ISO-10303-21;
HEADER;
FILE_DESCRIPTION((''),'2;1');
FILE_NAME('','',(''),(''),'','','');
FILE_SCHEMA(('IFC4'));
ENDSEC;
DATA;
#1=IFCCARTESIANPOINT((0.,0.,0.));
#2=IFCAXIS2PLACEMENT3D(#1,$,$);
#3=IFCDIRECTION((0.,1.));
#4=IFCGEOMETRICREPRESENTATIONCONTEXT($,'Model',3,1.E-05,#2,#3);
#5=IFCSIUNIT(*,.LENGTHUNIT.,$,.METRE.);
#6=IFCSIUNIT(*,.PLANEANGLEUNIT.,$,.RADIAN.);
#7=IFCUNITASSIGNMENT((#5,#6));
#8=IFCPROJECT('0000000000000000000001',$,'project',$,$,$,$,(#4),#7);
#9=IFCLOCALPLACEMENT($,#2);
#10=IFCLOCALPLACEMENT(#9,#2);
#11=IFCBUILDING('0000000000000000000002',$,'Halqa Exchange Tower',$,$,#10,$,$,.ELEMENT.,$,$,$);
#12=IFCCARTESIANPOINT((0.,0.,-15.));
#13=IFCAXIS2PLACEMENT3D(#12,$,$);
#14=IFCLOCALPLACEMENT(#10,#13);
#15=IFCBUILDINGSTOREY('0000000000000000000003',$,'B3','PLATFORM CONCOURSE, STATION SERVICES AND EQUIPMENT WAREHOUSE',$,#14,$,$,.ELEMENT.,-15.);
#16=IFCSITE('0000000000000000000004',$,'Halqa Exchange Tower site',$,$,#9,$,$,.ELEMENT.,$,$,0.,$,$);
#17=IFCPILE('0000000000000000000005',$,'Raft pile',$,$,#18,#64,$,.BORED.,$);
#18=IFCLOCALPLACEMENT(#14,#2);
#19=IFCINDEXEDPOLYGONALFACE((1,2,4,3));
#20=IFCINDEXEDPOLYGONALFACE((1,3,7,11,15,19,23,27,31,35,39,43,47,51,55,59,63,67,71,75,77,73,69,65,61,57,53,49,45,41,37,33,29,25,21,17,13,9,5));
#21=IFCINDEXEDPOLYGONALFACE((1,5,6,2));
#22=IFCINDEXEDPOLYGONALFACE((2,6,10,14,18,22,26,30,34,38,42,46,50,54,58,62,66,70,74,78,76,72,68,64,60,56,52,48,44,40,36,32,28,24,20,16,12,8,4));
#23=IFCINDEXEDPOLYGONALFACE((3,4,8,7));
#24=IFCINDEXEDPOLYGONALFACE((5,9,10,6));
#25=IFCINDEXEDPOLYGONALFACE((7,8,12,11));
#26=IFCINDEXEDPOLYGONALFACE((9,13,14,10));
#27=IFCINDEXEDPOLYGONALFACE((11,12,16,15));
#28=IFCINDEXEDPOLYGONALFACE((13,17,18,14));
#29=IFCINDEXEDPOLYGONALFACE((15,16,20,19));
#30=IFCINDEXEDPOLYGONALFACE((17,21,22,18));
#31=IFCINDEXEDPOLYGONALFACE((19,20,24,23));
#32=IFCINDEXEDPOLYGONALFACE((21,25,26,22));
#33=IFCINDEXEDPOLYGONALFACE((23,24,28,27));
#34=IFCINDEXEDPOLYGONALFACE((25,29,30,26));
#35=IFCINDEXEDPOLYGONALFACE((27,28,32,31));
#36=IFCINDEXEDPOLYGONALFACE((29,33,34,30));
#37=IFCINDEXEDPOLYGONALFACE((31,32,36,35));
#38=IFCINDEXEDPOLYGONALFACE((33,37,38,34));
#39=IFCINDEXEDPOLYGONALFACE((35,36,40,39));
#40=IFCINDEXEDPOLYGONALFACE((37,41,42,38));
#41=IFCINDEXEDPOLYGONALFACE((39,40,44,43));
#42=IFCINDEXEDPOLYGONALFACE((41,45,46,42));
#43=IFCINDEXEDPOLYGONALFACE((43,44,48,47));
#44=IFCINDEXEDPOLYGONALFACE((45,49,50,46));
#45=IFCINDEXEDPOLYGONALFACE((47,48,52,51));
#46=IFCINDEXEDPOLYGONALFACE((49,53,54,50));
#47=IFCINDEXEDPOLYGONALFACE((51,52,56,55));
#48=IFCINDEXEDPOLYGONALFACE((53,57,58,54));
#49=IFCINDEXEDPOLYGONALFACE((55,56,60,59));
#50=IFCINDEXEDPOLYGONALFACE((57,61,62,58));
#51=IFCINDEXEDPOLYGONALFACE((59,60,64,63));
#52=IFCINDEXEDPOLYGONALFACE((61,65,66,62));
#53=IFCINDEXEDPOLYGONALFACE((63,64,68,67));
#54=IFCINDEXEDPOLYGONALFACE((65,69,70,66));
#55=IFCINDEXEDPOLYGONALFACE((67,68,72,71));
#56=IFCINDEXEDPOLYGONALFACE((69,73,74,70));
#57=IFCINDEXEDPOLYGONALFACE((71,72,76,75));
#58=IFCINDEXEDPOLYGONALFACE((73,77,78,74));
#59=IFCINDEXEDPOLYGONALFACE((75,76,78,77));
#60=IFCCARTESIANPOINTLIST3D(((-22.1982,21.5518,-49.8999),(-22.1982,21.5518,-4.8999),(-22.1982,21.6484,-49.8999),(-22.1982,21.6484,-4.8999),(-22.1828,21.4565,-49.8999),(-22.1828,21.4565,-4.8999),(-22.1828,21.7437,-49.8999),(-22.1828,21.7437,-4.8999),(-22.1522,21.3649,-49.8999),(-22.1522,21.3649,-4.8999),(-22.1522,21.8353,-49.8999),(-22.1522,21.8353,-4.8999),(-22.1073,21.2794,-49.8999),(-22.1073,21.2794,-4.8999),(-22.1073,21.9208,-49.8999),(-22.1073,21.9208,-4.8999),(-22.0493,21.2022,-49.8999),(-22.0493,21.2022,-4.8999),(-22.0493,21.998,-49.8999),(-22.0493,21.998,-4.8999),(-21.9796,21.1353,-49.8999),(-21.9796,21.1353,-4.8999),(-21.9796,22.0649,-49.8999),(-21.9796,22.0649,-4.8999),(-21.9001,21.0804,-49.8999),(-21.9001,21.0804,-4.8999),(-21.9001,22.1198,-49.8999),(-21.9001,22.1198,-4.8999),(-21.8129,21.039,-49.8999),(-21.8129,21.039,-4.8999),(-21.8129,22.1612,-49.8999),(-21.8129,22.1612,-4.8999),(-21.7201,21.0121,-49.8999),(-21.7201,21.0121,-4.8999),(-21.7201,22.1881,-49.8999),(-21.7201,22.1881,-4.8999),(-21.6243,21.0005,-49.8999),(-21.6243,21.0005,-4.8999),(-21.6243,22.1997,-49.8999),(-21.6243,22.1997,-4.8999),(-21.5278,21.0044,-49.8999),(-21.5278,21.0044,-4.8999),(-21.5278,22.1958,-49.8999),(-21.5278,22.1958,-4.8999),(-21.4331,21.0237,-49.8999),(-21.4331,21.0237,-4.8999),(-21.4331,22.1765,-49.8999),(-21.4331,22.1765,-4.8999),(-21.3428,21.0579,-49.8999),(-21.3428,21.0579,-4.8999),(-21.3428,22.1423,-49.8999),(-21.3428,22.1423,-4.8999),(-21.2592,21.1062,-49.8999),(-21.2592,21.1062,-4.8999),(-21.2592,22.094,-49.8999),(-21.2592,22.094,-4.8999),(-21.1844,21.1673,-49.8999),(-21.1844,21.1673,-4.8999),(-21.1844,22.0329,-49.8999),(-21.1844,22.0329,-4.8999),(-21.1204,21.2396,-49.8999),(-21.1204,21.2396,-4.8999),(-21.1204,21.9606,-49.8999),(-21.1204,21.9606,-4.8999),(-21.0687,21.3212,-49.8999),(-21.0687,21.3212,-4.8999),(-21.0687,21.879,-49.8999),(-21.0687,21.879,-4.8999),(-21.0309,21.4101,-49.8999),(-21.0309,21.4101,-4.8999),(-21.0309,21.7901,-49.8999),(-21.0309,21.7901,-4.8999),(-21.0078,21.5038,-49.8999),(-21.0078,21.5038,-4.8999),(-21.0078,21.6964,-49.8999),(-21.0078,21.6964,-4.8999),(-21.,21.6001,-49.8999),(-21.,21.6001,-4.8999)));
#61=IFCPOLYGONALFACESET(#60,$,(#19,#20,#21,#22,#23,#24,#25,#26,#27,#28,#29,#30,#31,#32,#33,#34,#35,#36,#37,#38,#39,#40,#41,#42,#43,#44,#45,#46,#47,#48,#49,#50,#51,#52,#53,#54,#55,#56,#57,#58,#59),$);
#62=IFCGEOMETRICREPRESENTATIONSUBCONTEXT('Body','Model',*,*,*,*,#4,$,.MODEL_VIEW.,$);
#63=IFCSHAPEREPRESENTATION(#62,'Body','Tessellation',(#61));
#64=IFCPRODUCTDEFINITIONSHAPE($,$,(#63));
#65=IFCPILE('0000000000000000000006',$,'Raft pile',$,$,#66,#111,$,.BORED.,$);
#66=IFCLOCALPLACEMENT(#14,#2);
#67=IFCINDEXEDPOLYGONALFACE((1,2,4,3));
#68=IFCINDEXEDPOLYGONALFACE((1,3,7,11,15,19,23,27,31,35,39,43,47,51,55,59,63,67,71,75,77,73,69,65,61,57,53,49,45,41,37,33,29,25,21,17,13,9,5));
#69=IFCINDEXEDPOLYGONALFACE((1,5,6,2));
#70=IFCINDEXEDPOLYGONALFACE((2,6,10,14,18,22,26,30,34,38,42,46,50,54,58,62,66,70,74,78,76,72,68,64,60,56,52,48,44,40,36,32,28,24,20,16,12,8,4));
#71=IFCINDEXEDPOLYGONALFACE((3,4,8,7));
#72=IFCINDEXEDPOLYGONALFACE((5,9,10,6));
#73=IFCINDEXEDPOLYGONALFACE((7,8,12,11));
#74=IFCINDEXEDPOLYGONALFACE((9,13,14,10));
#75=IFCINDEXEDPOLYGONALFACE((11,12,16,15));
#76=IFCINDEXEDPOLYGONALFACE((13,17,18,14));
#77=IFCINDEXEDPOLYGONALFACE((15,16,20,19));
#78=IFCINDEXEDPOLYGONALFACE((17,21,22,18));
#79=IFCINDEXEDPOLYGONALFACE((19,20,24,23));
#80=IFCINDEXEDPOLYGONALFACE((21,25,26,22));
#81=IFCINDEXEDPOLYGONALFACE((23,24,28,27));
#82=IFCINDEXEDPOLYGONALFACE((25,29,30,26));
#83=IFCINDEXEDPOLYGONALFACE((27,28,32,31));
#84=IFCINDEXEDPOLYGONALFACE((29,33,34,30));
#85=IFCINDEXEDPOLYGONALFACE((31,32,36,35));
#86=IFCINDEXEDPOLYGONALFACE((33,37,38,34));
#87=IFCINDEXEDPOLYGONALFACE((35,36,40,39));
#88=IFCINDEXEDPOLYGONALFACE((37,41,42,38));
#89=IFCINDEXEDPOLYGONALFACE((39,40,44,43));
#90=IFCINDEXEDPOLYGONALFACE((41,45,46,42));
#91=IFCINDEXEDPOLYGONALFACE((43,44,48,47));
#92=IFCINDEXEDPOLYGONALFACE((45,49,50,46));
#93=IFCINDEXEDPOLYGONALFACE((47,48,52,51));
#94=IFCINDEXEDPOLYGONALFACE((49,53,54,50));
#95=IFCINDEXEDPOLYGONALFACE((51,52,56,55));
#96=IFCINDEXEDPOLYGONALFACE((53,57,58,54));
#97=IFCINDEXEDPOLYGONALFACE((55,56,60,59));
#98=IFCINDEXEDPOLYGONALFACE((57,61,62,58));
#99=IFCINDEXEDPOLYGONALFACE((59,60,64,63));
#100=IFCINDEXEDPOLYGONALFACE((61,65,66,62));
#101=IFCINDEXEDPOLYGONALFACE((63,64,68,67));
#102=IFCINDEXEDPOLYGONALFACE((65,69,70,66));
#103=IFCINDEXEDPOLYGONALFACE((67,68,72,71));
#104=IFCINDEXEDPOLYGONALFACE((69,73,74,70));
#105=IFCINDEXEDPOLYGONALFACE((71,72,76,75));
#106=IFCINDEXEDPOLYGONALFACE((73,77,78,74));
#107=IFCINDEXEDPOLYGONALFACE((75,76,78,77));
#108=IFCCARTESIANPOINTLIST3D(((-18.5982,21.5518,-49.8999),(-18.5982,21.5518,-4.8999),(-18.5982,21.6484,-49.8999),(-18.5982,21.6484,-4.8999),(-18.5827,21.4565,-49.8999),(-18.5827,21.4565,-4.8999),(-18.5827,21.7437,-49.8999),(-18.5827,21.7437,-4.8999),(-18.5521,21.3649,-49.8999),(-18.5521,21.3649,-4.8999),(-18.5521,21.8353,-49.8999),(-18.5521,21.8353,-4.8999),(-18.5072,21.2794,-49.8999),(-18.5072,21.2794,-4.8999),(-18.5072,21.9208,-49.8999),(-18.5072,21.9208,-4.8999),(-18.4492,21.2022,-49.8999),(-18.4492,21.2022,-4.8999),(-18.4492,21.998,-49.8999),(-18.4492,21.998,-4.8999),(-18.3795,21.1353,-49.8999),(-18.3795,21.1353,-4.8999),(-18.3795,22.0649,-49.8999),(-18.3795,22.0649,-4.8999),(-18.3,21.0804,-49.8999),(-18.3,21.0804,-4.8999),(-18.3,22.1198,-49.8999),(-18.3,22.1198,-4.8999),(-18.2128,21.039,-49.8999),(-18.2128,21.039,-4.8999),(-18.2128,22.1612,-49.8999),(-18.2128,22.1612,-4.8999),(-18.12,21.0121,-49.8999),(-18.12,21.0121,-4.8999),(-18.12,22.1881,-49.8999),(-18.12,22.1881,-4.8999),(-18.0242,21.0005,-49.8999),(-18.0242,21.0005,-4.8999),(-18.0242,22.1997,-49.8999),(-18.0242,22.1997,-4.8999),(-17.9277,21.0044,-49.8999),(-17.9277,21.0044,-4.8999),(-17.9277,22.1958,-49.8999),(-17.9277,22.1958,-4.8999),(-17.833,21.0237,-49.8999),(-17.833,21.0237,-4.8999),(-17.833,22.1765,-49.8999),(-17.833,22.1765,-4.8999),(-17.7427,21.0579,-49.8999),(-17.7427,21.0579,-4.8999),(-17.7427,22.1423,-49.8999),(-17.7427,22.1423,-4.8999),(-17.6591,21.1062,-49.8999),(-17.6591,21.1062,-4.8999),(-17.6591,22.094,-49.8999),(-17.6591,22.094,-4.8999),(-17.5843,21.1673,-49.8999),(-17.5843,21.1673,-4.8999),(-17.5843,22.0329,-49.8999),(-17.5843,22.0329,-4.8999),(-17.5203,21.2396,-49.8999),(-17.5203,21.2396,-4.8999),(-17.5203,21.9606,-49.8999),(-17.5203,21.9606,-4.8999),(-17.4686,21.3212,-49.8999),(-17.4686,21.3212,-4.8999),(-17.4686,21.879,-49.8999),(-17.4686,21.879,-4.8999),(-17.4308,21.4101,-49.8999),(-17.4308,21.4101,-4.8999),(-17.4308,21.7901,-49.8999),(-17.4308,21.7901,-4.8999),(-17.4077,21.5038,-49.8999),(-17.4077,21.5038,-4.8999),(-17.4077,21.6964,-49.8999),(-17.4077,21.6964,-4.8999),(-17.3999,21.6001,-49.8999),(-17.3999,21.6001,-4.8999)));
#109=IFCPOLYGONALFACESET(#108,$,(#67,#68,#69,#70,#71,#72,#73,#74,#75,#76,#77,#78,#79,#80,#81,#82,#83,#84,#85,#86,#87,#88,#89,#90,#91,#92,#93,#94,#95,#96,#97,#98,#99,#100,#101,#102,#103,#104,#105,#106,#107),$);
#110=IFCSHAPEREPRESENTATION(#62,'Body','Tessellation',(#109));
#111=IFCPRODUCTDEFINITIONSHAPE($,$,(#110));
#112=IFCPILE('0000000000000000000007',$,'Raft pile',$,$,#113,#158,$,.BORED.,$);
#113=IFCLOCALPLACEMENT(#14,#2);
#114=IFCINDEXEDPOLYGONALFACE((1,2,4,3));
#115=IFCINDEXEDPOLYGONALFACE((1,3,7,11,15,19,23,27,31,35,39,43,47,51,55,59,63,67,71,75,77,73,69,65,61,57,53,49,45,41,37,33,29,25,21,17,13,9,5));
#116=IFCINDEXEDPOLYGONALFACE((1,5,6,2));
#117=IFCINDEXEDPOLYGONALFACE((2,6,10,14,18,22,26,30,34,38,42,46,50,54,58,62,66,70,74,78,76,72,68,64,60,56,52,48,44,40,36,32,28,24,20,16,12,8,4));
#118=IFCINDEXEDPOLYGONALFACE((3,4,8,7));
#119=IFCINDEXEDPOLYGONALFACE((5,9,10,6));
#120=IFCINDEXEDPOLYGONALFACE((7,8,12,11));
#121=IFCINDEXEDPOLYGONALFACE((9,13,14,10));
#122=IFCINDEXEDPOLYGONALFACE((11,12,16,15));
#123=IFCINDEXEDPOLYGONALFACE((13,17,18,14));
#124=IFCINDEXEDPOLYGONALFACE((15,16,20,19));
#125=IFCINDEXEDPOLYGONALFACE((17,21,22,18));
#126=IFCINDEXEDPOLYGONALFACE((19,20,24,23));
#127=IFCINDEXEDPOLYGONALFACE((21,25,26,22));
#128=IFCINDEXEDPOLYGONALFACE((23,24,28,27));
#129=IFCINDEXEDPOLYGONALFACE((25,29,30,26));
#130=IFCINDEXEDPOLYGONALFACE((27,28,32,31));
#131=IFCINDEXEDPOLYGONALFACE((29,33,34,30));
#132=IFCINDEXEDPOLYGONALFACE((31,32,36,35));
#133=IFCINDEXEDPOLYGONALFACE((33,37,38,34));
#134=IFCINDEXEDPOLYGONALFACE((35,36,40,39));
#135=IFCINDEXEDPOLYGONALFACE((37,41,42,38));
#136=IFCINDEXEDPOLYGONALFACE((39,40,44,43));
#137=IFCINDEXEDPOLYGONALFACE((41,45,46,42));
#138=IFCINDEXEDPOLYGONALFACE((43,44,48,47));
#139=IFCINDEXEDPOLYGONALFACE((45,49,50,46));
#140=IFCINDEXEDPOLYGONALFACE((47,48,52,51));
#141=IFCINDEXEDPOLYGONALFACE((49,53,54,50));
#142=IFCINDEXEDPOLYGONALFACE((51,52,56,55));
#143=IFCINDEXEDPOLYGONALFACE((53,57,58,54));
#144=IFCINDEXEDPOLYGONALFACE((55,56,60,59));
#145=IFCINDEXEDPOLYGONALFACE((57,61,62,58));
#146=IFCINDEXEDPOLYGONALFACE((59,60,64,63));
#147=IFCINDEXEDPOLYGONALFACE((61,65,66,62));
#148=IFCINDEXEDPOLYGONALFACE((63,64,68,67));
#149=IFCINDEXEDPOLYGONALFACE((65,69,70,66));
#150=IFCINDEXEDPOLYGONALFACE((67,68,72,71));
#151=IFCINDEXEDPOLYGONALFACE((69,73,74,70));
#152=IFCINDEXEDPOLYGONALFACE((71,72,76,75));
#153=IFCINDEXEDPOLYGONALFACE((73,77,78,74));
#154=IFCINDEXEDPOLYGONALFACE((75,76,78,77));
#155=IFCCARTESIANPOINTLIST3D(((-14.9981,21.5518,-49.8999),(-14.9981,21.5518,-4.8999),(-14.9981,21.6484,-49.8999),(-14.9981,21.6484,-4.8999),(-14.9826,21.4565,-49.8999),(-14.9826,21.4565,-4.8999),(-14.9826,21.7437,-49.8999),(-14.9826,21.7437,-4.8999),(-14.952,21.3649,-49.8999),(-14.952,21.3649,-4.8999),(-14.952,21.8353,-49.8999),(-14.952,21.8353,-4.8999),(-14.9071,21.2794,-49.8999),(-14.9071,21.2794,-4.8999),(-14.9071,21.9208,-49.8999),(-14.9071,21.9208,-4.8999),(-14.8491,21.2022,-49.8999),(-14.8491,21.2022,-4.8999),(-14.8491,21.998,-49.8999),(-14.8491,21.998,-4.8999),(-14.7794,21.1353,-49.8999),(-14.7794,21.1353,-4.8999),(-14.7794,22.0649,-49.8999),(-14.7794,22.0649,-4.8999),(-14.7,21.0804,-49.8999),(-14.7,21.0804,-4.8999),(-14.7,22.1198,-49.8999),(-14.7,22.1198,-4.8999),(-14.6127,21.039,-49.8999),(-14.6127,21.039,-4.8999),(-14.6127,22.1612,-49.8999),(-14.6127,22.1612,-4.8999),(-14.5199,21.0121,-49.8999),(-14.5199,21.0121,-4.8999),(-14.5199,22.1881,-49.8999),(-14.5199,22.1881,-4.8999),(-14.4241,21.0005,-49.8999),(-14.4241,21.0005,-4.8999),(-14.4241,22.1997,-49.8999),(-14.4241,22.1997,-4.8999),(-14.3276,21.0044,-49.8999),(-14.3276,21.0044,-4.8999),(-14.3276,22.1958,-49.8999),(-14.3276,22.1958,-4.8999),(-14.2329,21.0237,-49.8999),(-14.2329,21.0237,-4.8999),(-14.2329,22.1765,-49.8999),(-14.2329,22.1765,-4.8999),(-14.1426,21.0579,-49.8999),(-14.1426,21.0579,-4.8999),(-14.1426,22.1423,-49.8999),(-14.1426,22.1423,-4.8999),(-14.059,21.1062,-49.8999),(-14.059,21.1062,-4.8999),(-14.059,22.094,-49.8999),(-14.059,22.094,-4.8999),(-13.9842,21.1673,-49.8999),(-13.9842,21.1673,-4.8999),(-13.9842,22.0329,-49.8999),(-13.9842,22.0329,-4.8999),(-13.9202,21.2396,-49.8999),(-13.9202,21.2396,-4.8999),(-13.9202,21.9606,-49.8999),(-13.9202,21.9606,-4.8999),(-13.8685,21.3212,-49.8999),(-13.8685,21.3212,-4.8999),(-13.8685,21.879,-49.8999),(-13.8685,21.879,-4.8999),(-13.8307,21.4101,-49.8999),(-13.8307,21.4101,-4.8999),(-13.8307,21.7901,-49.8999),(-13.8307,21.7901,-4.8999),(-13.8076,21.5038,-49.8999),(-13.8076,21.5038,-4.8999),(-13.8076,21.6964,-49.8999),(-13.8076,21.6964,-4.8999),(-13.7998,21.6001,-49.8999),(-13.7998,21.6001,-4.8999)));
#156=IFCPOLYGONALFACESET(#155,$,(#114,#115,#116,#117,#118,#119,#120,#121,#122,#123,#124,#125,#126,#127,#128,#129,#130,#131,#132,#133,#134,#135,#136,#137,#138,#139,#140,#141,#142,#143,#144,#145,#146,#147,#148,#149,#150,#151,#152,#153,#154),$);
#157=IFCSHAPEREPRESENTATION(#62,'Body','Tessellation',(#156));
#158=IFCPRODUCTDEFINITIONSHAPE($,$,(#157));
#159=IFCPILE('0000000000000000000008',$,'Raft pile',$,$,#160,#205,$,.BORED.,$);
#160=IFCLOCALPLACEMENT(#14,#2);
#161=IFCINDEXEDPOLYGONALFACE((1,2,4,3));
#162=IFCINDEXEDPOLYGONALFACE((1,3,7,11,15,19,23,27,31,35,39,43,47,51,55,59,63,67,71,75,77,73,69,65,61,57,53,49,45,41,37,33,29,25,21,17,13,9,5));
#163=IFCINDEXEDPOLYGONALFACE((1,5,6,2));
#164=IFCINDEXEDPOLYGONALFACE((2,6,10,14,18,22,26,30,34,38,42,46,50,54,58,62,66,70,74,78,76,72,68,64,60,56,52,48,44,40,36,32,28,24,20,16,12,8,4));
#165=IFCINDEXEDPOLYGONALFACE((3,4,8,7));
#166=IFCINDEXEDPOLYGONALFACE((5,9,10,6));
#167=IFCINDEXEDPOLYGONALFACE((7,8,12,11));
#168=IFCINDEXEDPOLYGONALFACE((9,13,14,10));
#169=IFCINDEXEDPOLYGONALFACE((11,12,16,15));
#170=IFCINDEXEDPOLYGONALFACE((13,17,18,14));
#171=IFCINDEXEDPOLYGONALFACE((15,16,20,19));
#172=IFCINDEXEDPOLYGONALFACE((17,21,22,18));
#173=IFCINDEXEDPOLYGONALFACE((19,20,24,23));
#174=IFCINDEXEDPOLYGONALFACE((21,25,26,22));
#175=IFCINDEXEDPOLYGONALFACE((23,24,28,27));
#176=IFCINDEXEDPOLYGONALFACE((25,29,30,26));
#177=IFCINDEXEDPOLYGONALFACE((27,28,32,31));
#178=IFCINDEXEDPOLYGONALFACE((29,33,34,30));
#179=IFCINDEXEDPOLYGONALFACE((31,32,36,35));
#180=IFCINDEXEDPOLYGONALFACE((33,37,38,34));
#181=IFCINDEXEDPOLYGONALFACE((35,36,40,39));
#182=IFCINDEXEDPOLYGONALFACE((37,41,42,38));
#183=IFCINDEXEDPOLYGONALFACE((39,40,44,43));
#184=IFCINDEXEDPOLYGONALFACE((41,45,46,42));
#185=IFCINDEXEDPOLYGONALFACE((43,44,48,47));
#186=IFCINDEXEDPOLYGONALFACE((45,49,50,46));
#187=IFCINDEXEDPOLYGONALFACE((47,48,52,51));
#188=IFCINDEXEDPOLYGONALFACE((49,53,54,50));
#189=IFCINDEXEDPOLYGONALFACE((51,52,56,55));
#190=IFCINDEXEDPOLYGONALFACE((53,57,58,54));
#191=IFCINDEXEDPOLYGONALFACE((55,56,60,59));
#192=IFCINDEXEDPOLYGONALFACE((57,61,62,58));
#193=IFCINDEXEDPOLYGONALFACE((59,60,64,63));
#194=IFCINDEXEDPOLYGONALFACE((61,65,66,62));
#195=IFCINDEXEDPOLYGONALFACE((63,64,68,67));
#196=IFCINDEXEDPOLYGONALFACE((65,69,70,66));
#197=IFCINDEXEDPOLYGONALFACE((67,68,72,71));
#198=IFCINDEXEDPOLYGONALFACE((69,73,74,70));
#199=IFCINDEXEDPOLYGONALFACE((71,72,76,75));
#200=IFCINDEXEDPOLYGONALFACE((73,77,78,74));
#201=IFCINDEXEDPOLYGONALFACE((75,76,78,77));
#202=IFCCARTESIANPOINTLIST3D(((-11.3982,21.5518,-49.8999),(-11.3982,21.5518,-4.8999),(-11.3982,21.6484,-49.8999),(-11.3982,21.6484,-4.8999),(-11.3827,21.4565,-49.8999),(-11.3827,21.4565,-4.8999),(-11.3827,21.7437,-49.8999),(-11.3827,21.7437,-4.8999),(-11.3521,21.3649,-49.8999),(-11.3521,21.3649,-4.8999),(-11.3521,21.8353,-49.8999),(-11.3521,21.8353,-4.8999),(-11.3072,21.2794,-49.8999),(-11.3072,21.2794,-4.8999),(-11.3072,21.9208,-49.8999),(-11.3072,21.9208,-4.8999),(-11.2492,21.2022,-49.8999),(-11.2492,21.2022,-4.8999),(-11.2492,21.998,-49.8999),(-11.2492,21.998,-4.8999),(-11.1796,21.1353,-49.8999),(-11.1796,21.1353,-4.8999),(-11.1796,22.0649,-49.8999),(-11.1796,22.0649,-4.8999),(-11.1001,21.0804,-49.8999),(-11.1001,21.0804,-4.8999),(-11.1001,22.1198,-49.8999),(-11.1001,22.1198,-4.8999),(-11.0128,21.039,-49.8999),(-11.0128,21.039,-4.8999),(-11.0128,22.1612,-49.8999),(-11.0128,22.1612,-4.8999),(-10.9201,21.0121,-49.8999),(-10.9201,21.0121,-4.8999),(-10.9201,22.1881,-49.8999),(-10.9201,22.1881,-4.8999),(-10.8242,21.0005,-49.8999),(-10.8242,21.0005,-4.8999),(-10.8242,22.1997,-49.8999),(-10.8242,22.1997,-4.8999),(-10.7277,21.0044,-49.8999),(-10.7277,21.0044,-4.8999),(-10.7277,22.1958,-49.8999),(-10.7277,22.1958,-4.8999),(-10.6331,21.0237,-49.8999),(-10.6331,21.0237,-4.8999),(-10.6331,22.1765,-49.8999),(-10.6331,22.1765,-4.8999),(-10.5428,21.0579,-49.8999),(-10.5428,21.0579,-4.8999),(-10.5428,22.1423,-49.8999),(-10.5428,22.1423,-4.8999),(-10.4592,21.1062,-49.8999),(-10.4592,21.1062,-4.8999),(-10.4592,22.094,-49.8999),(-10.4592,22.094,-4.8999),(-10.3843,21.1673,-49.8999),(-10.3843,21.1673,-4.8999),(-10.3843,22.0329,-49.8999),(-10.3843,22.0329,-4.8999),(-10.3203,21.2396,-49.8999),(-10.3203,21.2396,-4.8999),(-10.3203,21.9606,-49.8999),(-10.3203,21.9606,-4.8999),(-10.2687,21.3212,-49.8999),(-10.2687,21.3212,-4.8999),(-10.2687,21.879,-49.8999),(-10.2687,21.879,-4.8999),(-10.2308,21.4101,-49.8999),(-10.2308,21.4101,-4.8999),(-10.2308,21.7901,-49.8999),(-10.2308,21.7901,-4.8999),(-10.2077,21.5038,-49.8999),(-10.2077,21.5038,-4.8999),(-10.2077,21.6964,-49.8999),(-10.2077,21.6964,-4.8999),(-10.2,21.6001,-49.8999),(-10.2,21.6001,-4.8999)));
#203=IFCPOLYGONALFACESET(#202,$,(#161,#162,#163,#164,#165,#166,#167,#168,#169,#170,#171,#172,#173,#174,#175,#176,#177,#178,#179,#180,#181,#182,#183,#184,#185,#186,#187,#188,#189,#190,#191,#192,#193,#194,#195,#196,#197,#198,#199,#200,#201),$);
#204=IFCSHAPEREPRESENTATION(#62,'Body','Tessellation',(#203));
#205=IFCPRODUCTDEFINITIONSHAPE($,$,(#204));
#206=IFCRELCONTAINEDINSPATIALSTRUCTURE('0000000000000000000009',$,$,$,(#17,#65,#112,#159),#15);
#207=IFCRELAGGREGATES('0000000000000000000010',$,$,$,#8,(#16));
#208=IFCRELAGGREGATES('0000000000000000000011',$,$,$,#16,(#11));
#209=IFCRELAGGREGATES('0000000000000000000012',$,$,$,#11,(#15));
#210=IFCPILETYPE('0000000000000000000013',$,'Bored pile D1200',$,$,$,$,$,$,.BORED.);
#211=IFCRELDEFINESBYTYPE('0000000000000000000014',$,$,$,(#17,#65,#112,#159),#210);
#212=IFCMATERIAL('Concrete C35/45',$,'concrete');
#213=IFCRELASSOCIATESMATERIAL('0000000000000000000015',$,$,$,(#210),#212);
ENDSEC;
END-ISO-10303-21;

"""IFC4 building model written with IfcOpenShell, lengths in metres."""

from ifc_helpers import new_model, si_unit, direction, frame, origin, origin_2d, place, context, subcontext, project, spatial, circle, extrude, material, material_profile, profile_set, type_object, element, save


model = new_model("IFC4")

# Units and contexts
model_context = context("Model", 3, precision=1e-05, world=origin(), true_north=direction((0.0, 1.0)))
body_context = subcontext(model_context, "Body", "Model", "MODEL_VIEW")
ifc_project = project(units=[si_unit("LENGTHUNIT", "METRE"), si_unit("PLANEANGLEUNIT", "RADIAN")], contexts=[model_context])

# Site, building, storey
site_placement = place(None, origin())
site = spatial("IfcSite", under=ifc_project, at=site_placement, Name="Halqa Exchange Tower site", CompositionType="ELEMENT", RefElevation=0.0)
building_placement = place(site_placement, origin())
building = spatial("IfcBuilding", under=site, at=building_placement, Name="Halqa Exchange Tower", CompositionType="ELEMENT")
storey_placement = place(building_placement, frame((0.0, 0.0, -15.0)))
storey = spatial("IfcBuildingStorey", under=building, at=storey_placement, Name="B3", Description="PLATFORM CONCOURSE, STATION SERVICES AND EQUIPMENT WAREHOUSE", CompositionType="ELEMENT", Elevation=-15.0)

# Piles
ifc_material_1 = material(Name="Concrete C35/45", Category="concrete")
ifc_material_profile_1 = material_profile(ifc_material_1, circle(Radius=0.6001, at=origin_2d()), Name="D1200")
ifc_profile_set_1 = profile_set([ifc_material_profile_1], Name="Concrete C35/45")
pile_type_1 = type_object("IfcPileType", Name="Bored pile D1200", PredefinedType="BORED", material=ifc_profile_set_1)
for number, where, z_axis, x_axis, name in (
    (1, (-21.6001, 21.6001, -4.8999), (0.0, 0.0, -1.0), (1.0, 0.0, 0.0), "Raft pile"),
    (2, (-18.0, 21.6001, -4.8999), (0.0, 0.0, -1.0), (1.0, 0.0, 0.0), "Raft pile"),
    (3, (-14.3999, 21.6001, -4.8999), (0.0, 0.0, -1.0), (1.0, 0.0, 0.0), "Raft pile"),
    (4, (-10.8, 21.6001, -4.8999), (0.0, 0.0, -1.0), (1.0, 0.0, 0.0), "Raft pile"),
):
    element("IfcPile", number, at=place(storey_placement, frame(where, z_axis=z_axis, x_axis=x_axis)), inside=storey, type_object=pile_type_1, Name=name, PredefinedType="BORED", context=body_context, shape_type="SweptSolid", body=[
        extrude(circle(Radius=0.6001, at=origin_2d()), origin(), (0.0, 0.0, 1.0), 45.0),
    ])

save(model, "model.ifc")
